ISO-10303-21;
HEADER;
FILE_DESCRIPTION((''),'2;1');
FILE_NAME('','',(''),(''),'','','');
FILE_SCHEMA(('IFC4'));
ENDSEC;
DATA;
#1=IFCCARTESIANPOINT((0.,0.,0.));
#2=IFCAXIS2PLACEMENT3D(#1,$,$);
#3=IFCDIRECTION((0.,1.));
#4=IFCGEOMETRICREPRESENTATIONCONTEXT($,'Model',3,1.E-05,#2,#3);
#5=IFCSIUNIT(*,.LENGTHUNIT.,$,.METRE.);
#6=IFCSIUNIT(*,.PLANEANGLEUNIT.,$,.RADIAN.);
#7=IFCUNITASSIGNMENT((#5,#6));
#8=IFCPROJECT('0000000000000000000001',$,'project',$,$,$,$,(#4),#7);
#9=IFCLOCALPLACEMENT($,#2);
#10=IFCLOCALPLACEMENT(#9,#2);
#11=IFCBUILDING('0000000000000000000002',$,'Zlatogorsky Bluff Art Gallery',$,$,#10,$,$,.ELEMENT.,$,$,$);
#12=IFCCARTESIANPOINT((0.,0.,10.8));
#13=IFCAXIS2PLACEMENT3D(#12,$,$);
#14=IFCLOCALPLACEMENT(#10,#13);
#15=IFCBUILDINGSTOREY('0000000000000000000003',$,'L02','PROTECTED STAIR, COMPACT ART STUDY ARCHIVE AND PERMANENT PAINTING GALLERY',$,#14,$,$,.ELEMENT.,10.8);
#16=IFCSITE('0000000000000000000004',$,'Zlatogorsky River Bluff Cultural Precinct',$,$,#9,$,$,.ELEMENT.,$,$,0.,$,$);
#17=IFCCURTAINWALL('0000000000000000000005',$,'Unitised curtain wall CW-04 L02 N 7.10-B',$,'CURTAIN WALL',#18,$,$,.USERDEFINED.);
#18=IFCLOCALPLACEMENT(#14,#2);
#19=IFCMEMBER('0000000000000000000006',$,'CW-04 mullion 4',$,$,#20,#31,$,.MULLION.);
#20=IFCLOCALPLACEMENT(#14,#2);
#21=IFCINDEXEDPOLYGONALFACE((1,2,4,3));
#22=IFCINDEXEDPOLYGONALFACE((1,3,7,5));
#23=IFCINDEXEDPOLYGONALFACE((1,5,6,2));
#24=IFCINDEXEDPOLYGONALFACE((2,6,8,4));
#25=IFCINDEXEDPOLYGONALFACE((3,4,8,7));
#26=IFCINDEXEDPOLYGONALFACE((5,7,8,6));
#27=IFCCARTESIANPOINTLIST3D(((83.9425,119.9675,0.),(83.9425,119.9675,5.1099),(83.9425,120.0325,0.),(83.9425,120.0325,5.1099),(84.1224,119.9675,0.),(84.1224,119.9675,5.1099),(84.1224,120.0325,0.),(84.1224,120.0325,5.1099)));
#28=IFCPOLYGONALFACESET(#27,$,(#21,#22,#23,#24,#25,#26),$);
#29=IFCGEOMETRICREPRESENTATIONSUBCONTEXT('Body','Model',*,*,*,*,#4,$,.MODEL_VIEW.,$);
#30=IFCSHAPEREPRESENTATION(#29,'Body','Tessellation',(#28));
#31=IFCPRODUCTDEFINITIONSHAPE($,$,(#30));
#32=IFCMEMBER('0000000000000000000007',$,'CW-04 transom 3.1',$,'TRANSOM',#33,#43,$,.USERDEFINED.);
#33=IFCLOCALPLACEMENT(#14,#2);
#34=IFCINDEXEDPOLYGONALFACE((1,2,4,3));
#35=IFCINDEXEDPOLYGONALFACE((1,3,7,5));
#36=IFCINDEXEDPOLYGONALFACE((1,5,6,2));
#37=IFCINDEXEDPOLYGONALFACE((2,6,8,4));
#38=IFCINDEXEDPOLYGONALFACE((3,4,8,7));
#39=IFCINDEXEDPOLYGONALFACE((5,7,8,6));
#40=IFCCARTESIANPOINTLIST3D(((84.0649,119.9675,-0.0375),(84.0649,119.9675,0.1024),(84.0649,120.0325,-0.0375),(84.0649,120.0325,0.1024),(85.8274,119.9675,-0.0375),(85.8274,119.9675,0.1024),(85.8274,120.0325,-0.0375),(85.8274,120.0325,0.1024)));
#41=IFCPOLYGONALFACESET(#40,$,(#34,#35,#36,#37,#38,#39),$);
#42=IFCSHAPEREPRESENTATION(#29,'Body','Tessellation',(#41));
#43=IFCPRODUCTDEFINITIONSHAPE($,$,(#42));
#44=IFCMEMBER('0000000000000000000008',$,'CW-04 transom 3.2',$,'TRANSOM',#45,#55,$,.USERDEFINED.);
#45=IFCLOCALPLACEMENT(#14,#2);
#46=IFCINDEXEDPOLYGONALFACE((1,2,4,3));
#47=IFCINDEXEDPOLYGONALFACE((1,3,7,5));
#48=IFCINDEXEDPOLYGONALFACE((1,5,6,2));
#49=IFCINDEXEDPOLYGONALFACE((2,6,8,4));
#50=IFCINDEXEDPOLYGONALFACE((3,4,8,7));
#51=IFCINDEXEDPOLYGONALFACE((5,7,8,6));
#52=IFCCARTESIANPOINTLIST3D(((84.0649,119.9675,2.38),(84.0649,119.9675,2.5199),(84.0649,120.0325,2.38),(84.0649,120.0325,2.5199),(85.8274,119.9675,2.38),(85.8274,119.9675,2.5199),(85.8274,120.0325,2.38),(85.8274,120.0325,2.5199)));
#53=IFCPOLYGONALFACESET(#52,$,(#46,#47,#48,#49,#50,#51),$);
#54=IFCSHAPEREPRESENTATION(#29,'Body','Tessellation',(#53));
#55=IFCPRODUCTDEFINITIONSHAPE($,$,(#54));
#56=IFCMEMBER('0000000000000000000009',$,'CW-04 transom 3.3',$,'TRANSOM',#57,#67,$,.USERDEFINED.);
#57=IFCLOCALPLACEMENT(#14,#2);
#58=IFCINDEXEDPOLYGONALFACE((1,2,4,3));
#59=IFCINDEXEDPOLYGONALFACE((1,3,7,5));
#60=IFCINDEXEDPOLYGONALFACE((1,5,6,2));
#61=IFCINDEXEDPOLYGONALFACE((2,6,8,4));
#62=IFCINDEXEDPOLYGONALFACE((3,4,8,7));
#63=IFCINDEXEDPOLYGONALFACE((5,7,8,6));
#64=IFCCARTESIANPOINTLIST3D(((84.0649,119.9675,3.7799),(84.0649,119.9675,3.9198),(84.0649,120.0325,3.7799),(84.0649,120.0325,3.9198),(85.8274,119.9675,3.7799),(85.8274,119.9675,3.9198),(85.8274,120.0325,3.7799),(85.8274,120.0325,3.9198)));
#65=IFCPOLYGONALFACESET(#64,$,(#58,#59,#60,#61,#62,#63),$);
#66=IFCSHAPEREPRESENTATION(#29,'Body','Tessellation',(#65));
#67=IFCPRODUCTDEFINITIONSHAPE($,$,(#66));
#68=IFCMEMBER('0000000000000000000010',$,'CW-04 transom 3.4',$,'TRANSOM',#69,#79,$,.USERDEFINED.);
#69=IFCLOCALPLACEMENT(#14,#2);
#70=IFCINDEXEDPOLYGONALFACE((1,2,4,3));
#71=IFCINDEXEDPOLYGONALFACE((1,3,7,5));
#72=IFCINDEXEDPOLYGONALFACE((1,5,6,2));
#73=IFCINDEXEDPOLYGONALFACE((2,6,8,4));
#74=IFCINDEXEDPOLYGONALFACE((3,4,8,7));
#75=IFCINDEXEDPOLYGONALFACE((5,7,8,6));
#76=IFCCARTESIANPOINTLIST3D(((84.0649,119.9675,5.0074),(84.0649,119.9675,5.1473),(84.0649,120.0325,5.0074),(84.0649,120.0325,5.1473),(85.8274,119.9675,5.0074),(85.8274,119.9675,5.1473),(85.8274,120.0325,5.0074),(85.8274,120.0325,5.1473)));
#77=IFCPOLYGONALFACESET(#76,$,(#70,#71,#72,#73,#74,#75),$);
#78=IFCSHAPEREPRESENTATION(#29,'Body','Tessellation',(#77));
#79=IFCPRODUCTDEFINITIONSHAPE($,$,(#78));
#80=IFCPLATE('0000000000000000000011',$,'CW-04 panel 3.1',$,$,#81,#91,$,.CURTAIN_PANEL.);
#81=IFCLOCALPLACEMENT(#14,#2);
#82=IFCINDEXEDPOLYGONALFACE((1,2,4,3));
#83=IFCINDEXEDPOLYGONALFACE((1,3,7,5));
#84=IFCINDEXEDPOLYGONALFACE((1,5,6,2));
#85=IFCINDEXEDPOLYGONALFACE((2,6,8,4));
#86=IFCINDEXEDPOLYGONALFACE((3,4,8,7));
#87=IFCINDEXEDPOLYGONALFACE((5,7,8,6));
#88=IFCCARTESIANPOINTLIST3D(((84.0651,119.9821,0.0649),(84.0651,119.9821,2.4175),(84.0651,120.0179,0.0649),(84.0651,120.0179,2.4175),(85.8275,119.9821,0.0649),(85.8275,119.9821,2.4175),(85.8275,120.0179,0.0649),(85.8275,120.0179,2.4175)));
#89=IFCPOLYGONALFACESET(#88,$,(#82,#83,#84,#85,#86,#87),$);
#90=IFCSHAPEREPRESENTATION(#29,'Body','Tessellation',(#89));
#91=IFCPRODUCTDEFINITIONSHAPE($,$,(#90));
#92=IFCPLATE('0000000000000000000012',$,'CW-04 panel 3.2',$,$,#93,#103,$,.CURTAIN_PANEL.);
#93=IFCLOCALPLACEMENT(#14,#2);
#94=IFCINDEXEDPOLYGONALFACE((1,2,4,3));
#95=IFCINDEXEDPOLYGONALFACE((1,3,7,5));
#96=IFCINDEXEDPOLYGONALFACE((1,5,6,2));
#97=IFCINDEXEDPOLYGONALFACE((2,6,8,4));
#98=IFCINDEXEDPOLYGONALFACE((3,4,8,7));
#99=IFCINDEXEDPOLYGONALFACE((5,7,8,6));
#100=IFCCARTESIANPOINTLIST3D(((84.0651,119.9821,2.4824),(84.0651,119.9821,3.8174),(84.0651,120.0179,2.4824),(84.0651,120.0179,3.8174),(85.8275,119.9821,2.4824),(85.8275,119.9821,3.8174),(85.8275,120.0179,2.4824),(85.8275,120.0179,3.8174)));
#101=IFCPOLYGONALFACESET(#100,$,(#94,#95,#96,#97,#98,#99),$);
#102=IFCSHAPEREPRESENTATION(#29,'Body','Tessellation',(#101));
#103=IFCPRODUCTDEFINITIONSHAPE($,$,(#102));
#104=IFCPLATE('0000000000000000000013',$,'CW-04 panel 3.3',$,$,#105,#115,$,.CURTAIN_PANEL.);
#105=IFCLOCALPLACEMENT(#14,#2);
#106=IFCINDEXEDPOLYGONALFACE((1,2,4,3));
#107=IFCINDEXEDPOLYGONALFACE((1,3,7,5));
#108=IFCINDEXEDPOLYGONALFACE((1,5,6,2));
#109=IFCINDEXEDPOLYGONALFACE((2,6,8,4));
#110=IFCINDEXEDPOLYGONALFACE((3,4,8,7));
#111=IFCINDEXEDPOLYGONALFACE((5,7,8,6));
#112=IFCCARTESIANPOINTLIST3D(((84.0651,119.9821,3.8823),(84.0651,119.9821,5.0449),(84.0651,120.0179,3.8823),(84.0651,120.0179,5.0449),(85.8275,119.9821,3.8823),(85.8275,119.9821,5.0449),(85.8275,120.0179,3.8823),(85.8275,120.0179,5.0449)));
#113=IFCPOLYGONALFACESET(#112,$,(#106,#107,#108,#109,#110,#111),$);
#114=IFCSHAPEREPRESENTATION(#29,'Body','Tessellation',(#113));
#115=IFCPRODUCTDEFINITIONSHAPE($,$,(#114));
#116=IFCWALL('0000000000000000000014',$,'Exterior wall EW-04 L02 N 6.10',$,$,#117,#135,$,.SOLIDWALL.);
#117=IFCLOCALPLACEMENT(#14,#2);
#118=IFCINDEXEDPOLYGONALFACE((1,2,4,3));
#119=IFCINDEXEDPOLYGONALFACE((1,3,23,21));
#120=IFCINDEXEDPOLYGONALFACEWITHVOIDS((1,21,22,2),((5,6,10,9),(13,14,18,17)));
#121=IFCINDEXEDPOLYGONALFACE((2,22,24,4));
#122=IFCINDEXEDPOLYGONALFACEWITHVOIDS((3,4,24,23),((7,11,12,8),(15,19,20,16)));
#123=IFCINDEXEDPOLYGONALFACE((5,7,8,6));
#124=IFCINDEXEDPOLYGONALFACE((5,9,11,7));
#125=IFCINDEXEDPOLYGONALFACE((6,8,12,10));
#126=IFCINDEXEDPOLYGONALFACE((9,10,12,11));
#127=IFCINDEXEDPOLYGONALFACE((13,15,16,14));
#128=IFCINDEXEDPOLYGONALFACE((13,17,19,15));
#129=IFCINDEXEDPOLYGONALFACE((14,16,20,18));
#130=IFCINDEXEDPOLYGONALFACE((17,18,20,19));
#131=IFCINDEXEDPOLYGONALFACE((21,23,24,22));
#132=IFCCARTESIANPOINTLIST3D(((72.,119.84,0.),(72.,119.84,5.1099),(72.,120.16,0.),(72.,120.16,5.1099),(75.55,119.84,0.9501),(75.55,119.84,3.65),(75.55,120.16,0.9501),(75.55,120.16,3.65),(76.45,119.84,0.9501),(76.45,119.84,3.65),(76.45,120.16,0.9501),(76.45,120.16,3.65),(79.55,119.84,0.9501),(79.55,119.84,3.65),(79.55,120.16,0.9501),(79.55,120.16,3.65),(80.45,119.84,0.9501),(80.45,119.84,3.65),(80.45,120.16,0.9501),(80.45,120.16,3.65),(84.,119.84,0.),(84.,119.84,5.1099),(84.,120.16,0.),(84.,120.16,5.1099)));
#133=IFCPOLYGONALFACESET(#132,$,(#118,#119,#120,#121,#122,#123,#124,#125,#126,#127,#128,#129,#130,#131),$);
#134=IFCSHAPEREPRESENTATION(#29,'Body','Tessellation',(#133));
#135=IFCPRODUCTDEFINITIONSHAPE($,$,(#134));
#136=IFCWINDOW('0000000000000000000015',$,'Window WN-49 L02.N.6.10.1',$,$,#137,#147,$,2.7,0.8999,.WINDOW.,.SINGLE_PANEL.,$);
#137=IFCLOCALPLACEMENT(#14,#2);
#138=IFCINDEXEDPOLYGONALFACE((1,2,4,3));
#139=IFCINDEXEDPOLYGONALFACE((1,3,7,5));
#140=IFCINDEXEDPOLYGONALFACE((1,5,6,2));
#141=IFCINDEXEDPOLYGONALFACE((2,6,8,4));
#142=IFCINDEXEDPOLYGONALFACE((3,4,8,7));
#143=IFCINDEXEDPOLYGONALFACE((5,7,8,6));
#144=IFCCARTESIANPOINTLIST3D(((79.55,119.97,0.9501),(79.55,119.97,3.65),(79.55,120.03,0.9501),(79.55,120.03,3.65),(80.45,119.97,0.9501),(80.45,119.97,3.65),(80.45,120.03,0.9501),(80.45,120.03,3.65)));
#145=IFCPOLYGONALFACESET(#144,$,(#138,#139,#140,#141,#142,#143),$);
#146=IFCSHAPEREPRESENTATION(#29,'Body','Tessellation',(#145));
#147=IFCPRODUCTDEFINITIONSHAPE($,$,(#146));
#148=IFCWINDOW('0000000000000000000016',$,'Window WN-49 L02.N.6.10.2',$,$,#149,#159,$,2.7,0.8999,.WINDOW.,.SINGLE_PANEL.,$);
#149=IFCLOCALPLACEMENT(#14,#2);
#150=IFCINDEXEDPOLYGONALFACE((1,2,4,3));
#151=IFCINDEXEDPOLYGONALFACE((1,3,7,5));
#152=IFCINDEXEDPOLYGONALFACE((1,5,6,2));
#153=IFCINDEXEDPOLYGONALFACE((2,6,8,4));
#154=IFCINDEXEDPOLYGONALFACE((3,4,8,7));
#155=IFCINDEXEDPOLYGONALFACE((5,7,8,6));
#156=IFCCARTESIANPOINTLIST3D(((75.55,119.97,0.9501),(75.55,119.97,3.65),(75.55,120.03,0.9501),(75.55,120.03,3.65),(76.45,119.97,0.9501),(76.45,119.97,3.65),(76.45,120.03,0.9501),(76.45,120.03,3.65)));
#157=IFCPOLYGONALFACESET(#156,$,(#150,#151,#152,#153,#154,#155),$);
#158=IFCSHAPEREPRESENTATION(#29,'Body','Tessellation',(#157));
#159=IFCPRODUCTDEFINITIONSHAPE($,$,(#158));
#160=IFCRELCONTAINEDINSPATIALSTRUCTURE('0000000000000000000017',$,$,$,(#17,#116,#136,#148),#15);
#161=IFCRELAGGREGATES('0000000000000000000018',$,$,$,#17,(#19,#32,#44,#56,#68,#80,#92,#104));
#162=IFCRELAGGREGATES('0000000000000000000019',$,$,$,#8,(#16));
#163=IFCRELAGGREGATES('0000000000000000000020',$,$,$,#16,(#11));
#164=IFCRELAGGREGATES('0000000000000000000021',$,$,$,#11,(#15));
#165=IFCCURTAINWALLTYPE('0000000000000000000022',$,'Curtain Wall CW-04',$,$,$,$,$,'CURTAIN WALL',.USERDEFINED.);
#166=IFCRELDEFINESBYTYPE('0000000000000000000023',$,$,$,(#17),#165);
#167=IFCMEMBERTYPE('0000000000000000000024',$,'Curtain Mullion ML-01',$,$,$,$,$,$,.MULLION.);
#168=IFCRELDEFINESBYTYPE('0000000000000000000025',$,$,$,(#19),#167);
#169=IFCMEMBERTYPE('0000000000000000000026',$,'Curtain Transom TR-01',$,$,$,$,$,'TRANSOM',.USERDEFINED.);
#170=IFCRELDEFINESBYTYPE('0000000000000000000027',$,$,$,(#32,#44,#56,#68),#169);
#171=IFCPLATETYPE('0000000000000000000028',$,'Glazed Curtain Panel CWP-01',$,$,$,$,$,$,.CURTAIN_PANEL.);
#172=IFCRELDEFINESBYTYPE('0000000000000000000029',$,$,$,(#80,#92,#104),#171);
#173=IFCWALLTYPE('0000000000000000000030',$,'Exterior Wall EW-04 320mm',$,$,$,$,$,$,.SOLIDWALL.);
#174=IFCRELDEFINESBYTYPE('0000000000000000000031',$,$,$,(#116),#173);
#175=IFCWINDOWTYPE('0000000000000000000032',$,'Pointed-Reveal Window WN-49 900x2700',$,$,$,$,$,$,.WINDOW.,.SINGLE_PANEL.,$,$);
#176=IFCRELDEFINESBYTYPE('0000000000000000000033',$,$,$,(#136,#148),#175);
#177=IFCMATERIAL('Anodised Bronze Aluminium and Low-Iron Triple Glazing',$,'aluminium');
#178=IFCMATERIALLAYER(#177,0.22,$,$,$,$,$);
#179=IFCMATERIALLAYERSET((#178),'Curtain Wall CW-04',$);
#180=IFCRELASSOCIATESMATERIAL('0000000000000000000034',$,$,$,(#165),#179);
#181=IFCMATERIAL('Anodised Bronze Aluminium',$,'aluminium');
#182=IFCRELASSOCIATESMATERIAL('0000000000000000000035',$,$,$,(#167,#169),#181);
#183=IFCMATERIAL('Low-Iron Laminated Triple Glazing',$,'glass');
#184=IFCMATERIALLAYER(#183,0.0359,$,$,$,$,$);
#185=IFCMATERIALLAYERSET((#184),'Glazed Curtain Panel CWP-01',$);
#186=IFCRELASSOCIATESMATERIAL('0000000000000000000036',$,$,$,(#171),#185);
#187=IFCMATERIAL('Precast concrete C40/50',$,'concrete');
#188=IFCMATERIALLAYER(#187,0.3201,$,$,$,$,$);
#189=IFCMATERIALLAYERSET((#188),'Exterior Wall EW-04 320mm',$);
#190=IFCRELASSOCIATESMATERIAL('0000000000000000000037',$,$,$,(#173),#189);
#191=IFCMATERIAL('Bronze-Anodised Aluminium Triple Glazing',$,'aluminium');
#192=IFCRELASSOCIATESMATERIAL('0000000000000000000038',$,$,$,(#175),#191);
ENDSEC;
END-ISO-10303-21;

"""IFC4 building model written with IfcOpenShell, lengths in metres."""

from ifc_helpers import new_model, si_unit, direction, frame, frame_2d, origin, origin_2d, place, context, subcontext, project, spatial, rectangle, extrude, material, layer, layer_set, material_profile, profile_set, type_object, element, fill, aggregate, save


model = new_model("IFC4")

# Units and contexts
model_context = context("Model", 3, precision=1e-05, world=origin(), true_north=direction((0.0, 1.0)))
body_context = subcontext(model_context, "Body", "Model", "MODEL_VIEW")
ifc_project = project(units=[si_unit("LENGTHUNIT", "METRE"), si_unit("PLANEANGLEUNIT", "RADIAN")], contexts=[model_context])

# Site, building, storey
site_placement = place(None, origin())
site = spatial("IfcSite", under=ifc_project, at=site_placement, Name="Zlatogorsky River Bluff Cultural Precinct", CompositionType="ELEMENT", RefElevation=0.0)
building_placement = place(site_placement, origin())
building = spatial("IfcBuilding", under=site, at=building_placement, Name="Zlatogorsky Bluff Art Gallery", CompositionType="ELEMENT")
storey_placement = place(building_placement, frame((0.0, 0.0, 10.8)))
storey = spatial("IfcBuildingStorey", under=building, at=storey_placement, Name="L02", Description="PROTECTED STAIR, COMPACT ART STUDY ARCHIVE AND PERMANENT PAINTING GALLERY", CompositionType="ELEMENT", Elevation=10.8)

# Curtain wall, members, plates
ifc_material_1 = material(Name="Anodised Bronze Aluminium and Low-Iron Triple Glazing", Category="aluminium")
ifc_layer_1 = layer(ifc_material_1, 0.22)
ifc_layer_set_1 = layer_set([ifc_layer_1], Name="Curtain Wall CW-04")
curtain_wall_type = type_object("IfcCurtainWallType", Name="Curtain Wall CW-04", ElementType="CURTAIN WALL", PredefinedType="USERDEFINED", material=ifc_layer_set_1)
curtain_wall_placement = place(storey_placement, origin())
curtain_wall = element("IfcCurtainWall", 1, at=curtain_wall_placement, inside=storey, type_object=curtain_wall_type, Name="Unitised curtain wall CW-04 L02 N 7.10-B", ObjectType="CURTAIN WALL", PredefinedType="USERDEFINED")
ifc_material_2 = material(Name="Anodised Bronze Aluminium", Category="aluminium")
ifc_material_profile_1 = material_profile(ifc_material_2, rectangle(XDim=0.0649, YDim=0.1799, at=origin_2d()), Name="ALU MULLION 65x180")
ifc_profile_set_1 = profile_set([ifc_material_profile_1], Name="Anodised Bronze Aluminium")
member_type_1 = type_object("IfcMemberType", Name="Curtain Mullion ML-01", PredefinedType="MULLION", material=ifc_profile_set_1)
member_1_placement = place(storey_placement, frame((84.0325, 120.0, 0.0), z_axis=(0.0, 0.0, 1.0), x_axis=(0.0, -1.0, 0.0)))
member_1 = element("IfcMember", 2, at=member_1_placement, type_object=member_type_1, Name="CW-04 mullion 4", PredefinedType="MULLION", context=body_context, shape_type="SweptSolid", body=[
    extrude(rectangle(XDim=0.0649, YDim=0.1799, at=origin_2d()), origin(), (0.0, 0.0, 1.0), 5.1099),
])
ifc_material_profile_2 = material_profile(ifc_material_2, rectangle(XDim=0.0649, YDim=0.1399, at=origin_2d()), Name="ALU TRANSOM 65x140")
ifc_profile_set_2 = profile_set([ifc_material_profile_2], Name="Anodised Bronze Aluminium")
member_type_2 = type_object("IfcMemberType", Name="Curtain Transom TR-01", ElementType="TRANSOM", PredefinedType="USERDEFINED", material=ifc_profile_set_2)
member_2_placement = place(storey_placement, frame((85.8274, 120.0, 0.0325), z_axis=(-1.0, 0.0, 0.0), x_axis=(0.0, -1.0, 0.0)))
member_2 = element("IfcMember", 3, at=member_2_placement, type_object=member_type_2, Name="CW-04 transom 3.1", ObjectType="TRANSOM", PredefinedType="USERDEFINED", context=body_context, shape_type="SweptSolid", body=[
    extrude(rectangle(XDim=0.0649, YDim=0.1399, at=origin_2d()), origin(), (0.0, 0.0, 1.0), 1.7625),
])
member_3_placement = place(storey_placement, frame((85.8274, 120.0, 2.45), z_axis=(-1.0, 0.0, 0.0), x_axis=(0.0, -1.0, 0.0)))
member_3 = element("IfcMember", 4, at=member_3_placement, type_object=member_type_2, Name="CW-04 transom 3.2", ObjectType="TRANSOM", PredefinedType="USERDEFINED", context=body_context, shape_type="SweptSolid", body=[
    extrude(rectangle(XDim=0.0649, YDim=0.1399, at=origin_2d()), origin(), (0.0, 0.0, 1.0), 1.7625),
])
member_4_placement = place(storey_placement, frame((85.8274, 120.0, 3.8499), z_axis=(-1.0, 0.0, 0.0), x_axis=(0.0, -1.0, 0.0)))
member_4 = element("IfcMember", 5, at=member_4_placement, type_object=member_type_2, Name="CW-04 transom 3.3", ObjectType="TRANSOM", PredefinedType="USERDEFINED", context=body_context, shape_type="SweptSolid", body=[
    extrude(rectangle(XDim=0.0649, YDim=0.1399, at=origin_2d()), origin(), (0.0, 0.0, 1.0), 1.7625),
])
member_5_placement = place(storey_placement, frame((85.8274, 120.0, 5.0774), z_axis=(-1.0, 0.0, 0.0), x_axis=(0.0, -1.0, 0.0)))
member_5 = element("IfcMember", 6, at=member_5_placement, type_object=member_type_2, Name="CW-04 transom 3.4", ObjectType="TRANSOM", PredefinedType="USERDEFINED", context=body_context, shape_type="SweptSolid", body=[
    extrude(rectangle(XDim=0.0649, YDim=0.1399, at=origin_2d()), origin(), (0.0, 0.0, 1.0), 1.7625),
])
ifc_material_3 = material(Name="Low-Iron Laminated Triple Glazing", Category="glass")
ifc_layer_2 = layer(ifc_material_3, 0.0359)
ifc_layer_set_2 = layer_set([ifc_layer_2], Name="Glazed Curtain Panel CWP-01")
plate_type = type_object("IfcPlateType", Name="Glazed Curtain Panel CWP-01", PredefinedType="CURTAIN_PANEL", material=ifc_layer_set_2)
plate_1_placement = place(storey_placement, frame((84.9463, 120.0, 0.0649), z_axis=(0.0, 0.0, 1.0), x_axis=(-1.0, 0.0, 0.0)))
plate_1 = element("IfcPlate", 7, at=plate_1_placement, type_object=plate_type, Name="CW-04 panel 3.1", PredefinedType="CURTAIN_PANEL", context=body_context, shape_type="SweptSolid", body=[
    extrude(rectangle(XDim=1.7625, YDim=0.0359, at=origin_2d()), origin(), (0.0, 0.0, 1.0), 2.3525),
])
plate_2_placement = place(storey_placement, frame((84.9463, 120.0, 2.4824), z_axis=(0.0, 0.0, 1.0), x_axis=(-1.0, 0.0, 0.0)))
plate_2 = element("IfcPlate", 8, at=plate_2_placement, type_object=plate_type, Name="CW-04 panel 3.2", PredefinedType="CURTAIN_PANEL", context=body_context, shape_type="SweptSolid", body=[
    extrude(rectangle(XDim=1.7625, YDim=0.0359, at=origin_2d()), origin(), (0.0, 0.0, 1.0), 1.335),
])
plate_3_placement = place(storey_placement, frame((84.9463, 120.0, 3.8823), z_axis=(0.0, 0.0, 1.0), x_axis=(-1.0, 0.0, 0.0)))
plate_3 = element("IfcPlate", 9, at=plate_3_placement, type_object=plate_type, Name="CW-04 panel 3.3", PredefinedType="CURTAIN_PANEL", context=body_context, shape_type="SweptSolid", body=[
    extrude(rectangle(XDim=1.7625, YDim=0.0359, at=origin_2d()), origin(), (0.0, 0.0, 1.0), 1.1626),
])
aggregate(curtain_wall, [member_1, member_2, member_3, member_4, member_5, plate_1, plate_2, plate_3])

# Wall, openings, windows
ifc_material_4 = material(Name="Precast concrete C40/50", Category="concrete")
ifc_layer_3 = layer(ifc_material_4, 0.3201)
ifc_layer_set_3 = layer_set([ifc_layer_3], Name="Exterior Wall EW-04 320mm")
wall_type = type_object("IfcWallType", Name="Exterior Wall EW-04 320mm", PredefinedType="SOLIDWALL", material=ifc_layer_set_3)
wall_placement = place(storey_placement, frame((84.0, 120.0, 0.0), z_axis=(0.0, 0.0, 1.0), x_axis=(-1.0, 0.0, 0.0)))
wall = element("IfcWall", 10, at=wall_placement, inside=storey, type_object=wall_type, Name="Exterior wall EW-04 L02 N 6.10", PredefinedType="SOLIDWALL", context=body_context, shape_type="SweptSolid", body=[
    extrude(rectangle(XDim=12.0, YDim=0.3201, at=frame_2d((6.0, 0.0))), origin(), (0.0, 0.0, 1.0), 5.1099),
])
opening_1_placement = place(wall_placement, frame((3.55, 0.0, 0.95)))
opening_1 = element("IfcOpeningElement", 11, at=opening_1_placement, cuts=wall, PredefinedType="OPENING", context=body_context, shape_type="SweptSolid", body=[
    extrude(rectangle(XDim=0.8999, YDim=2.7, at=frame_2d((0.45, 1.3501))), frame((0.0, 0.1699, 0.0), z_axis=(0.0, -1.0, 0.0), x_axis=(1.0, 0.0, 0.0)), (0.0, 0.0, 1.0), 0.3401),
])
opening_2_placement = place(wall_placement, frame((7.55, 0.0, 0.95)))
opening_2 = element("IfcOpeningElement", 12, at=opening_2_placement, cuts=wall, PredefinedType="OPENING", context=body_context, shape_type="SweptSolid", body=[
    extrude(rectangle(XDim=0.8999, YDim=2.7, at=frame_2d((0.45, 1.3501))), frame((0.0, 0.1699, 0.0), z_axis=(0.0, -1.0, 0.0), x_axis=(1.0, 0.0, 0.0)), (0.0, 0.0, 1.0), 0.3401),
])
ifc_material_5 = material(Name="Bronze-Anodised Aluminium Triple Glazing", Category="aluminium")
window_type = type_object("IfcWindowType", Name="Pointed-Reveal Window WN-49 900x2700", PartitioningType="SINGLE_PANEL", PredefinedType="WINDOW", material=ifc_material_5)
window_1_placement = place(opening_1_placement, origin())
window_1 = element("IfcWindow", 13, at=window_1_placement, inside=storey, type_object=window_type, Name="Window WN-49 L02.N.6.10.1", OverallHeight=2.7, OverallWidth=0.8999, PartitioningType="SINGLE_PANEL", PredefinedType="WINDOW", context=body_context, shape_type="SweptSolid", body=[
    extrude(rectangle(XDim=0.8999, YDim=2.7, at=frame_2d((0.45, 1.3501))), frame((0.0, 0.03, 0.0), z_axis=(0.0, -1.0, 0.0), x_axis=(1.0, 0.0, 0.0)), (0.0, 0.0, 1.0), 0.0601),
])
fill(opening_1, window_1)
window_2_placement = place(opening_2_placement, origin())
window_2 = element("IfcWindow", 14, at=window_2_placement, inside=storey, type_object=window_type, Name="Window WN-49 L02.N.6.10.2", OverallHeight=2.7, OverallWidth=0.8999, PartitioningType="SINGLE_PANEL", PredefinedType="WINDOW", context=body_context, shape_type="SweptSolid", body=[
    extrude(rectangle(XDim=0.8999, YDim=2.7, at=frame_2d((0.45, 1.3501))), frame((0.0, 0.03, 0.0), z_axis=(0.0, -1.0, 0.0), x_axis=(1.0, 0.0, 0.0)), (0.0, 0.0, 1.0), 0.0601),
])
fill(opening_2, window_2)

save(model, "model.ifc")
